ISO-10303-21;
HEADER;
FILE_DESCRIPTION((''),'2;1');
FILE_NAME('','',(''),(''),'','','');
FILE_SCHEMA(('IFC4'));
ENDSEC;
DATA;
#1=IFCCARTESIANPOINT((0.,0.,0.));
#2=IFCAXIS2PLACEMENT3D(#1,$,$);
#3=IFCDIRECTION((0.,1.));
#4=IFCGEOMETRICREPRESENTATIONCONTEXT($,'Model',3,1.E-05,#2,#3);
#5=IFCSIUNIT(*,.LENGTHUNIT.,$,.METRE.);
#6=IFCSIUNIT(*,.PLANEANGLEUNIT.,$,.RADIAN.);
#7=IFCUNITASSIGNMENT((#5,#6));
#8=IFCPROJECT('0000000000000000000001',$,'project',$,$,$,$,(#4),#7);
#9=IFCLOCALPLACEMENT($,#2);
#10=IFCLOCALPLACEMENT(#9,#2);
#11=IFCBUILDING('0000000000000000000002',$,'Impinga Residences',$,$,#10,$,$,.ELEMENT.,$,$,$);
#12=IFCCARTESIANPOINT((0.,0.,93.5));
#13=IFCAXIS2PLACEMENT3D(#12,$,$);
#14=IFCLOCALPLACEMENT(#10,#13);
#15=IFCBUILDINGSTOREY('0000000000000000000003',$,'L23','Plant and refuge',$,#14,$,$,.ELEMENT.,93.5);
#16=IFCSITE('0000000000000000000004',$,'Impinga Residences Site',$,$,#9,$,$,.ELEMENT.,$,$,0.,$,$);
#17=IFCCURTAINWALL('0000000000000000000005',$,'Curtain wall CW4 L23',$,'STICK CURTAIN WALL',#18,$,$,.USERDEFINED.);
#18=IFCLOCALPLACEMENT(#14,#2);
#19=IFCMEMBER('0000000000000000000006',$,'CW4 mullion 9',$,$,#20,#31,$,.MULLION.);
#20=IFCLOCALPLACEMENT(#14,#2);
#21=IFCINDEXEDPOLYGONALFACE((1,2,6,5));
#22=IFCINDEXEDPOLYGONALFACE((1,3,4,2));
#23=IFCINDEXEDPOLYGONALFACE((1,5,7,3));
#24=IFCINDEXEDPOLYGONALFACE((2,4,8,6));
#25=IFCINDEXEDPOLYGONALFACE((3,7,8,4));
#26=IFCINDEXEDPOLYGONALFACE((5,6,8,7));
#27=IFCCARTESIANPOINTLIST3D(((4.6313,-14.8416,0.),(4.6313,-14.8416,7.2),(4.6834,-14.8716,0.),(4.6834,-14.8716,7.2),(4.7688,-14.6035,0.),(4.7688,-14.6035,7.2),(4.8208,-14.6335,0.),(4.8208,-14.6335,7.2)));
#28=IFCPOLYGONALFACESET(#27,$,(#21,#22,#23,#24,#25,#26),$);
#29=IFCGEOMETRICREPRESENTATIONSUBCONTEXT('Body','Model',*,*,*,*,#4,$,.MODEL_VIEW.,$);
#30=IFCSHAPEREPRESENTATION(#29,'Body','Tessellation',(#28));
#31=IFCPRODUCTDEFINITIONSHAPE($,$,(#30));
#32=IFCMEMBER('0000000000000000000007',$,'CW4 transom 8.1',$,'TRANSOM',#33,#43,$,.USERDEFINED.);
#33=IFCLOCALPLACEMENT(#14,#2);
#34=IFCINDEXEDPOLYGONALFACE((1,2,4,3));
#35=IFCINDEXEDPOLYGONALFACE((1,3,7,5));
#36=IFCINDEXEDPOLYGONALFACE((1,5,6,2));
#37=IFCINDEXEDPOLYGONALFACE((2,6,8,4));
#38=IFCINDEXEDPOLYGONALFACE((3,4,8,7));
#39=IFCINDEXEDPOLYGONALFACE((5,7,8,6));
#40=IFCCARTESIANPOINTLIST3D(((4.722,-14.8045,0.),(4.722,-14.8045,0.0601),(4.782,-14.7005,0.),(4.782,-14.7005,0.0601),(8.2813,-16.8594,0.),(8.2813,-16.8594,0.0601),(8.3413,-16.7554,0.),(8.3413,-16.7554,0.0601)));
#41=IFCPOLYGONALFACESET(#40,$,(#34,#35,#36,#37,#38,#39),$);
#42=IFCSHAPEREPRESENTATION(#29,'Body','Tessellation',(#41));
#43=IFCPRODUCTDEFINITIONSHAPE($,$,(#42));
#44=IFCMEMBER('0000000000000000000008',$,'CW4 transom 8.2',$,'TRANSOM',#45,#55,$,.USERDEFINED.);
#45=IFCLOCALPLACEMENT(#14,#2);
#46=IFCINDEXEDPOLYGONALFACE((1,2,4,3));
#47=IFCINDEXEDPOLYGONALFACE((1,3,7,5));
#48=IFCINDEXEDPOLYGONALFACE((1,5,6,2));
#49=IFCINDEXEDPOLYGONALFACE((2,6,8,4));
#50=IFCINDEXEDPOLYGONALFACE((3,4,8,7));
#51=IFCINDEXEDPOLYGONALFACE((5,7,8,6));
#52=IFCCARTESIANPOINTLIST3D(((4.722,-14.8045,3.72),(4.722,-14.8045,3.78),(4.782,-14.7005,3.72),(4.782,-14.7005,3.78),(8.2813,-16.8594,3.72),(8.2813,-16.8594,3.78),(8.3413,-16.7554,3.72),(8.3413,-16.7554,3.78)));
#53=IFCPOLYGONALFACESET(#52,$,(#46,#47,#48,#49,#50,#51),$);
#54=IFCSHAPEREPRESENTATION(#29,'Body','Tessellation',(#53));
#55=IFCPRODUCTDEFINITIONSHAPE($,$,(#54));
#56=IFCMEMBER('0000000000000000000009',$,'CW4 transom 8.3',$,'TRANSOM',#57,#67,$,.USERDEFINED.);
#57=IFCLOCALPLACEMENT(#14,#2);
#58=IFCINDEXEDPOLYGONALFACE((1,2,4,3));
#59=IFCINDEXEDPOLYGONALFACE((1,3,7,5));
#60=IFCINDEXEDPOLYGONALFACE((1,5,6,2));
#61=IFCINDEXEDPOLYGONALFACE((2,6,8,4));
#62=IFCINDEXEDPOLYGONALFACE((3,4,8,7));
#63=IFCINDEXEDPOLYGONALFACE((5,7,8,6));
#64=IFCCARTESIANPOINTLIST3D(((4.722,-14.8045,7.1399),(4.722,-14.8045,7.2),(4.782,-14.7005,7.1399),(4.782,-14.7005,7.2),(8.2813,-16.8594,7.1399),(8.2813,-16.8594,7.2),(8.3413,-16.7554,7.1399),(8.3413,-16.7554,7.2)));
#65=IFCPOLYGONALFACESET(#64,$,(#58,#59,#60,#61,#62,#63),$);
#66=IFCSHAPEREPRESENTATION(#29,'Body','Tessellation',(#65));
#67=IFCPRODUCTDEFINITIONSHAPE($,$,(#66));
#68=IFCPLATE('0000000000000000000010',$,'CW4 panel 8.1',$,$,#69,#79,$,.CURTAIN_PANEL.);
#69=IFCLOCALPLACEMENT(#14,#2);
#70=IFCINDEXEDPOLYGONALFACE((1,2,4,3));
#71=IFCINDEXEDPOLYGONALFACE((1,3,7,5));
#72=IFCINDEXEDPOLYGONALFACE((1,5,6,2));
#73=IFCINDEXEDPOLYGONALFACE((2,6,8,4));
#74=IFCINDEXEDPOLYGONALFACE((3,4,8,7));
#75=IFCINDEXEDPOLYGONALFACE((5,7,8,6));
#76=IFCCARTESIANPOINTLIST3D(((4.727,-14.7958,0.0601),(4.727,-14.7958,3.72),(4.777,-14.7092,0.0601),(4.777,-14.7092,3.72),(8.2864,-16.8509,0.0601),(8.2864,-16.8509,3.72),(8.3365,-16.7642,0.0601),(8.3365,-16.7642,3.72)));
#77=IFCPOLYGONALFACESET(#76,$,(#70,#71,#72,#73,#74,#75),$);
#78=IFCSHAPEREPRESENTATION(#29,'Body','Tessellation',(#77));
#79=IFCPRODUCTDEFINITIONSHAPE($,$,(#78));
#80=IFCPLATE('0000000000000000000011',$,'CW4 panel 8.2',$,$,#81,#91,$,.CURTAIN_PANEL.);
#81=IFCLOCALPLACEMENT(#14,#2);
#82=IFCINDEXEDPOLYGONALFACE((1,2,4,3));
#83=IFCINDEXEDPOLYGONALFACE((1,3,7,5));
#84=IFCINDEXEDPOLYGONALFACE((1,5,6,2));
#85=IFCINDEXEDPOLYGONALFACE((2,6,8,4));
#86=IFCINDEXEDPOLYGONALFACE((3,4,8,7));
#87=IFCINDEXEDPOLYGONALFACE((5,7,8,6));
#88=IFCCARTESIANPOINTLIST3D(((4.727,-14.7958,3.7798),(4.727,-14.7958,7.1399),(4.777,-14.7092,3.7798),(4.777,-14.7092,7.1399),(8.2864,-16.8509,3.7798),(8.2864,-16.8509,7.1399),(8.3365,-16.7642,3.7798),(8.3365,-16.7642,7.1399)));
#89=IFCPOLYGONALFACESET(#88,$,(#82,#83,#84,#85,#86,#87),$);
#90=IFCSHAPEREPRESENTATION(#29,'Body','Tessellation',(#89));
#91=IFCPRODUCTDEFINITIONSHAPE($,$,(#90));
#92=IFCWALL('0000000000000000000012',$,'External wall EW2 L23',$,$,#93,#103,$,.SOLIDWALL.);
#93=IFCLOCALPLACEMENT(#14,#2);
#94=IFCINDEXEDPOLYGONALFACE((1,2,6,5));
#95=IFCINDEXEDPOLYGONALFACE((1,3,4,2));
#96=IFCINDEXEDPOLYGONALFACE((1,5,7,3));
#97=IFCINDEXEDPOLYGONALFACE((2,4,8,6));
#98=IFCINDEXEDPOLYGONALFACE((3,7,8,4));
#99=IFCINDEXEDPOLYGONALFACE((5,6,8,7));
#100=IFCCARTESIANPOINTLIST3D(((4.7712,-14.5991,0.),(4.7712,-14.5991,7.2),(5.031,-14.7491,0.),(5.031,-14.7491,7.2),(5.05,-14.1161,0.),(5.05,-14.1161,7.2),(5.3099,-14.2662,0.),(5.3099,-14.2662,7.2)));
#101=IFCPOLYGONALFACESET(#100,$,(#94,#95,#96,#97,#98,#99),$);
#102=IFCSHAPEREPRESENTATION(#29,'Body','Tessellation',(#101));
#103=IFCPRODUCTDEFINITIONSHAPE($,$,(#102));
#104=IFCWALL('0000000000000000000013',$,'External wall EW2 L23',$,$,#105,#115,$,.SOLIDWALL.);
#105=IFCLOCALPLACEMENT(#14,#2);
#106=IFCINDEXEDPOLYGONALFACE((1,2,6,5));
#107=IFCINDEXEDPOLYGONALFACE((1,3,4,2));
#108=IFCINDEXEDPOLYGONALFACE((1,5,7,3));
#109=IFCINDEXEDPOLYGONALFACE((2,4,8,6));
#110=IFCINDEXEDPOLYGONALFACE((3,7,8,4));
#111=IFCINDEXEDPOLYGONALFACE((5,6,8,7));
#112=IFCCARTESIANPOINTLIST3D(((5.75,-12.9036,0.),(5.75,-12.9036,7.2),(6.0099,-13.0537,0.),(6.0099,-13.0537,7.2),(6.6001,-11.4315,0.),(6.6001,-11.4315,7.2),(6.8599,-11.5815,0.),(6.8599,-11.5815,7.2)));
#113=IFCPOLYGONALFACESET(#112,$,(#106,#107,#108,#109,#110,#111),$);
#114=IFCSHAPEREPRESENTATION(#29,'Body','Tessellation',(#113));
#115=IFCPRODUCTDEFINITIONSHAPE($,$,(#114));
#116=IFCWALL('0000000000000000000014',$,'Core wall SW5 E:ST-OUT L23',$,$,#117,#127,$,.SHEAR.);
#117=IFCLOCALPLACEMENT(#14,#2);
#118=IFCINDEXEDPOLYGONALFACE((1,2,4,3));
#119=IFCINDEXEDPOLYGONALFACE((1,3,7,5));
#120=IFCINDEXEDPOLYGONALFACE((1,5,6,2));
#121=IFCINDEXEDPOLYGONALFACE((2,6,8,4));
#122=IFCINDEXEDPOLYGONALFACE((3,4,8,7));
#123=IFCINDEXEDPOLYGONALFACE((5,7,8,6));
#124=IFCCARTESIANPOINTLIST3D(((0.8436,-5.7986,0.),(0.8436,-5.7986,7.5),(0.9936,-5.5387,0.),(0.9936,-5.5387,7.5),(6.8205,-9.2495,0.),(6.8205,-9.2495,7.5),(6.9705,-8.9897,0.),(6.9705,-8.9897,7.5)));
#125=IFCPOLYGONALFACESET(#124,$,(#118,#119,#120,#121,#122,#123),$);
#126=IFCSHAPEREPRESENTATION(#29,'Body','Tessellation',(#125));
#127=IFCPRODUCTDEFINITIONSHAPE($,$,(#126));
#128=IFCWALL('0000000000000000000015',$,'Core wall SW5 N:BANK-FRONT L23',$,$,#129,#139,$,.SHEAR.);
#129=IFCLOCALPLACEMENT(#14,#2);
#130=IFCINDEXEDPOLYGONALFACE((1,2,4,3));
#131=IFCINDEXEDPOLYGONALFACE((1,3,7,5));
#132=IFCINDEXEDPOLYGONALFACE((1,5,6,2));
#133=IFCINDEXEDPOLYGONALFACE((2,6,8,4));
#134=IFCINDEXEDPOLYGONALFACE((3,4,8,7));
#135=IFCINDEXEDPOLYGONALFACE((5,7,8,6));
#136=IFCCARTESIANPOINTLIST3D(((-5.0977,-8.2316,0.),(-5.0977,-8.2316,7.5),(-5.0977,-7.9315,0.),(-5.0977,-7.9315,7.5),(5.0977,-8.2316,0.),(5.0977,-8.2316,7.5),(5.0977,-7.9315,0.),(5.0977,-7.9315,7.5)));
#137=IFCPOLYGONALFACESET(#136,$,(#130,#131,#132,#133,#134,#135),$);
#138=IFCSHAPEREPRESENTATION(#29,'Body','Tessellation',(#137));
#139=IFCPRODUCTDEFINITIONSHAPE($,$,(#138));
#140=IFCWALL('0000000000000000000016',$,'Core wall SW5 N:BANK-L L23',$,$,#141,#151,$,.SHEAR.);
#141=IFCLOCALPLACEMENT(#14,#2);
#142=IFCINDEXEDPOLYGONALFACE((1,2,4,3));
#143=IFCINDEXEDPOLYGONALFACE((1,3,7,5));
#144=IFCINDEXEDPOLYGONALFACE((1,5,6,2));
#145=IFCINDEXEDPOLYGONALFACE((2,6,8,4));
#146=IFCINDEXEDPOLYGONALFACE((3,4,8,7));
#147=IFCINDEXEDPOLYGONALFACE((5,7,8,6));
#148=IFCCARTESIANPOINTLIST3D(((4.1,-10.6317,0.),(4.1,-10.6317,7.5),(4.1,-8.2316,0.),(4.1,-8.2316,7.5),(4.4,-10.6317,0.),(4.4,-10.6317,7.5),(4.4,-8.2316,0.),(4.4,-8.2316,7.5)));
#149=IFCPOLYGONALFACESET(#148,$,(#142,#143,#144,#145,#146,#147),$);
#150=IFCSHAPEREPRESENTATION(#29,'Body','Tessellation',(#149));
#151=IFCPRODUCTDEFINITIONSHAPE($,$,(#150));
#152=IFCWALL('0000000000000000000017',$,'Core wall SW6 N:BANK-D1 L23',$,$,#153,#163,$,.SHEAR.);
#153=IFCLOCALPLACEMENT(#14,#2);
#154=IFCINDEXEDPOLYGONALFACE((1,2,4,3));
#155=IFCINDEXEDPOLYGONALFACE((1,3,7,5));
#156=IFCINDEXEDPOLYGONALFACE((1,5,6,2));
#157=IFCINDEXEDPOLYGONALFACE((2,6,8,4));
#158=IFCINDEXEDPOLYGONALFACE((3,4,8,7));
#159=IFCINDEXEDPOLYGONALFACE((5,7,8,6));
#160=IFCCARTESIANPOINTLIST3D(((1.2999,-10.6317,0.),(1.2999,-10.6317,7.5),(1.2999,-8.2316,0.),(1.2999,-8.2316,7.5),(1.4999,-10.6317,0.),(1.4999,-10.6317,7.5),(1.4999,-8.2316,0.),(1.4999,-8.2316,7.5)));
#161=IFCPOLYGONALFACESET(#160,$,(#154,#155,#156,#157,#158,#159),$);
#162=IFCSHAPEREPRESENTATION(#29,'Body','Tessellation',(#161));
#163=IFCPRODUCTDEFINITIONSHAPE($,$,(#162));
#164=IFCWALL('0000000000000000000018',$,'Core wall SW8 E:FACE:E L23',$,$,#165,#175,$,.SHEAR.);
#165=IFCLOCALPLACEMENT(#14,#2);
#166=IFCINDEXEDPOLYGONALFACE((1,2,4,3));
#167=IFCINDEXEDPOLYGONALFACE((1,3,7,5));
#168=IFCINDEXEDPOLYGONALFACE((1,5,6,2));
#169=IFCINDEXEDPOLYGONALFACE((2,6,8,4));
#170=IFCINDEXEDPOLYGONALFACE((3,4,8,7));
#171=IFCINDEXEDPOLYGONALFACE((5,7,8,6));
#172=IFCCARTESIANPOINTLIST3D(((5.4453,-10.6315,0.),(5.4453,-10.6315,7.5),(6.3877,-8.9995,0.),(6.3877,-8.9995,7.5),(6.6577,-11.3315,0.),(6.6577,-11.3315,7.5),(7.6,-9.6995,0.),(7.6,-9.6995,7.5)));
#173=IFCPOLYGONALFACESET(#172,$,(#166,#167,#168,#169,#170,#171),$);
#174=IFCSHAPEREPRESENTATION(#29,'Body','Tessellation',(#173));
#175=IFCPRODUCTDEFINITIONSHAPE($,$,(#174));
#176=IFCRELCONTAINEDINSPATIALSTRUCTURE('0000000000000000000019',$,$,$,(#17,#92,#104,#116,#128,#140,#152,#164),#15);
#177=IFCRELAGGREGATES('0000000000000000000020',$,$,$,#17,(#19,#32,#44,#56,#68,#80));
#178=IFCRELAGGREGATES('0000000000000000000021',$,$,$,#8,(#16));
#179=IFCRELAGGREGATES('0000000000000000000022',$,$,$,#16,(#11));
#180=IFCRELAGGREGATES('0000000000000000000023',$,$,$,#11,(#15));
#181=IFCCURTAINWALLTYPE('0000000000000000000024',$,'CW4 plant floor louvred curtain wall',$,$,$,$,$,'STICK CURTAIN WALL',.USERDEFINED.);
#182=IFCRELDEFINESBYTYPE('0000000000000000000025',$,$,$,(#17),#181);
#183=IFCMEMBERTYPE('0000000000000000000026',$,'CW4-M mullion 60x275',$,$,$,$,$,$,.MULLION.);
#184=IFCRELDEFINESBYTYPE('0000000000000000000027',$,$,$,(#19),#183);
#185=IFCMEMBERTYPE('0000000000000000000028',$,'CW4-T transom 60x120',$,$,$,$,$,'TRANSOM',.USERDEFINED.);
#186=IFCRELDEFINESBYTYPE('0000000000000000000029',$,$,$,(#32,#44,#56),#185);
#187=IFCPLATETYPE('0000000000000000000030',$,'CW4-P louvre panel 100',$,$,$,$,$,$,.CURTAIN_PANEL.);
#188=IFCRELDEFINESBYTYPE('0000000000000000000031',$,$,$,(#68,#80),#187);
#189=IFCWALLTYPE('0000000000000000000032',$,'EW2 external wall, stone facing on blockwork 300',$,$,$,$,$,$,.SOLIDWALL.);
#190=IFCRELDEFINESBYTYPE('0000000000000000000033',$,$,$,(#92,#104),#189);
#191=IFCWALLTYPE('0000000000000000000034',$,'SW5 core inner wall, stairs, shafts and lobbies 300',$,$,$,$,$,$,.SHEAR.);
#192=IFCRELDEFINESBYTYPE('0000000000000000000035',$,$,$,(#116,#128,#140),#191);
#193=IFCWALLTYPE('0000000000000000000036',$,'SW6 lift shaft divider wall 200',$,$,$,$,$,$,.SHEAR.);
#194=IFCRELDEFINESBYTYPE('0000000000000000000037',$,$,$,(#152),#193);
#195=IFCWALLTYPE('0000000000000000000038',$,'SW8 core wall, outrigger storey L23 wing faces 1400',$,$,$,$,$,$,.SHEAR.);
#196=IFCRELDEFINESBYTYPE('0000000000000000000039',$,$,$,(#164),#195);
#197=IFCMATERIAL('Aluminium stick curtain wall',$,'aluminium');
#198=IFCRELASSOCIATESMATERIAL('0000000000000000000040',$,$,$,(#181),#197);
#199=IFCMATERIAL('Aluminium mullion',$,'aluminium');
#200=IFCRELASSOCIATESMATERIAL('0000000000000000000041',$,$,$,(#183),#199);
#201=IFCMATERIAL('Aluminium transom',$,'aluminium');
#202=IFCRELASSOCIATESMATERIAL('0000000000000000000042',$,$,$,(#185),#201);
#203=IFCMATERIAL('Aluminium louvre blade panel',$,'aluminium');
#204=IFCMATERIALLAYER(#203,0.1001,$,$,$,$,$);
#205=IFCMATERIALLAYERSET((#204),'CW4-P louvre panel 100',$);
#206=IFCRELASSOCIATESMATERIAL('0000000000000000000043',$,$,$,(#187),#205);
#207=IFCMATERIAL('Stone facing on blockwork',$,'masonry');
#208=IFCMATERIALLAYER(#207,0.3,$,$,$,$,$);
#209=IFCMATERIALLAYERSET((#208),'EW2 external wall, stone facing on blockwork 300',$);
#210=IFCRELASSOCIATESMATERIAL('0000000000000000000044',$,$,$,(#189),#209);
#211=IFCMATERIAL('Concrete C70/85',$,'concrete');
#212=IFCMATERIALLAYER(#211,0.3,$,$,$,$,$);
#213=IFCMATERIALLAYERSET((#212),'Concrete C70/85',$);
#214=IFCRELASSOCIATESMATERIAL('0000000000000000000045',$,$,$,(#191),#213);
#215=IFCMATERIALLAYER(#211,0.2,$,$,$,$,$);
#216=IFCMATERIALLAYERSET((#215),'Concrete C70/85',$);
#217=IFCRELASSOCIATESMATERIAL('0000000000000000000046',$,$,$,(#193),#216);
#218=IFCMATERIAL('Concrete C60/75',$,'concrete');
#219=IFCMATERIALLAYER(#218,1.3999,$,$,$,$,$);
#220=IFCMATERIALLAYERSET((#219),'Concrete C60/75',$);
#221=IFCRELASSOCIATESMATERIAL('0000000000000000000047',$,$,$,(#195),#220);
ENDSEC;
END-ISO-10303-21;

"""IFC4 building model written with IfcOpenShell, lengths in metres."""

from ifc_helpers import new_model, si_unit, direction, frame, frame_2d, origin, origin_2d, place, context, subcontext, project, spatial, rectangle, extrude, material, layer, layer_set, material_profile, profile_set, type_object, element, aggregate, save


model = new_model("IFC4")

# Units and contexts
model_context = context("Model", 3, precision=1e-05, world=origin(), true_north=direction((0.0, 1.0)))
body_context = subcontext(model_context, "Body", "Model", "MODEL_VIEW")
ifc_project = project(units=[si_unit("LENGTHUNIT", "METRE"), si_unit("PLANEANGLEUNIT", "RADIAN")], contexts=[model_context])

# Site, building, storey
site_placement = place(None, origin())
site = spatial("IfcSite", under=ifc_project, at=site_placement, Name="Impinga Residences Site", CompositionType="ELEMENT", RefElevation=0.0)
building_placement = place(site_placement, origin())
building = spatial("IfcBuilding", under=site, at=building_placement, Name="Impinga Residences", CompositionType="ELEMENT")
storey_placement = place(building_placement, frame((0.0, 0.0, 93.5)))
storey = spatial("IfcBuildingStorey", under=building, at=storey_placement, Name="L23", Description="Plant and refuge", CompositionType="ELEMENT", Elevation=93.5)

# Shared definitions
ifc_material_1 = material(Name="Concrete C70/85", Category="concrete")

# Curtain wall, members, plates
ifc_material_2 = material(Name="Aluminium stick curtain wall", Category="aluminium")
curtain_wall_type = type_object("IfcCurtainWallType", Name="CW4 plant floor louvred curtain wall", ElementType="STICK CURTAIN WALL", PredefinedType="USERDEFINED", material=ifc_material_2)
curtain_wall_placement = place(storey_placement, origin())
curtain_wall = element("IfcCurtainWall", 1, at=curtain_wall_placement, inside=storey, type_object=curtain_wall_type, Name="Curtain wall CW4 L23", ObjectType="STICK CURTAIN WALL", PredefinedType="USERDEFINED")
ifc_material_3 = material(Name="Aluminium mullion", Category="aluminium")
ifc_material_profile_1 = material_profile(ifc_material_3, rectangle(XDim=0.0601, YDim=0.2749, at=origin_2d()), Name="60x275 mullion")
ifc_profile_set_1 = profile_set([ifc_material_profile_1], Name="Aluminium mullion")
member_type_1 = type_object("IfcMemberType", Name="CW4-M mullion 60x275", PredefinedType="MULLION", material=ifc_profile_set_1)
member_1_placement = place(storey_placement, frame((4.7261, -14.7375, 0.0), z_axis=(0.0, 0.0, 1.0), x_axis=(-0.866025, 0.5, 0.0)))
member_1 = element("IfcMember", 2, at=member_1_placement, type_object=member_type_1, Name="CW4 mullion 9", PredefinedType="MULLION", context=body_context, shape_type="SweptSolid", body=[
    extrude(rectangle(XDim=0.0601, YDim=0.2749, at=origin_2d()), origin(), (0.0, 0.0, 1.0), 7.2),
])
ifc_material_4 = material(Name="Aluminium transom", Category="aluminium")
ifc_material_profile_2 = material_profile(ifc_material_4, rectangle(XDim=0.0601, YDim=0.1201, at=origin_2d()), Name="60x120 transom")
ifc_profile_set_2 = profile_set([ifc_material_profile_2], Name="Aluminium transom")
member_type_2 = type_object("IfcMemberType", Name="CW4-T transom 60x120", ElementType="TRANSOM", PredefinedType="USERDEFINED", material=ifc_profile_set_2)
member_2_placement = place(storey_placement, frame((8.3113, -16.8074, 0.03), z_axis=(-0.86603, 0.499992, 0.0), x_axis=(0.0, 0.0, 1.0)))
member_2 = element("IfcMember", 3, at=member_2_placement, type_object=member_type_2, Name="CW4 transom 8.1", ObjectType="TRANSOM", PredefinedType="USERDEFINED", context=body_context, shape_type="SweptSolid", body=[
    extrude(rectangle(XDim=0.0601, YDim=0.1201, at=origin_2d()), origin(), (0.0, 0.0, 1.0), 4.1099),
])
member_3_placement = place(storey_placement, frame((8.3113, -16.8074, 3.75), z_axis=(-0.86603, 0.499992, 0.0), x_axis=(0.0, 0.0, 1.0)))
member_3 = element("IfcMember", 4, at=member_3_placement, type_object=member_type_2, Name="CW4 transom 8.2", ObjectType="TRANSOM", PredefinedType="USERDEFINED", context=body_context, shape_type="SweptSolid", body=[
    extrude(rectangle(XDim=0.0601, YDim=0.1201, at=origin_2d()), origin(), (0.0, 0.0, 1.0), 4.1099),
])
member_4_placement = place(storey_placement, frame((8.3113, -16.8074, 7.1699), z_axis=(-0.86603, 0.499992, 0.0), x_axis=(0.0, 0.0, 1.0)))
member_4 = element("IfcMember", 5, at=member_4_placement, type_object=member_type_2, Name="CW4 transom 8.3", ObjectType="TRANSOM", PredefinedType="USERDEFINED", context=body_context, shape_type="SweptSolid", body=[
    extrude(rectangle(XDim=0.0601, YDim=0.1201, at=origin_2d()), origin(), (0.0, 0.0, 1.0), 4.1099),
])
ifc_material_5 = material(Name="Aluminium louvre blade panel", Category="aluminium")
ifc_layer_1 = layer(ifc_material_5, 0.1001)
ifc_layer_set_1 = layer_set([ifc_layer_1], Name="CW4-P louvre panel 100")
plate_type = type_object("IfcPlateType", Name="CW4-P louvre panel 100", PredefinedType="CURTAIN_PANEL", material=ifc_layer_set_1)
plate_1_placement = place(storey_placement, frame((6.5317, -15.78, 0.0601), z_axis=(0.0, 0.0, 1.0), x_axis=(-0.866025, 0.5, 0.0)))
plate_1 = element("IfcPlate", 6, at=plate_1_placement, type_object=plate_type, Name="CW4 panel 8.1", PredefinedType="CURTAIN_PANEL", context=body_context, shape_type="SweptSolid", body=[
    extrude(rectangle(XDim=4.1101, YDim=0.1001, at=origin_2d()), origin(), (0.0, 0.0, 1.0), 3.6599),
])
plate_2_placement = place(storey_placement, frame((6.5317, -15.78, 3.7798), z_axis=(0.0, 0.0, 1.0), x_axis=(-0.866025, 0.5, 0.0)))
plate_2 = element("IfcPlate", 7, at=plate_2_placement, type_object=plate_type, Name="CW4 panel 8.2", PredefinedType="CURTAIN_PANEL", context=body_context, shape_type="SweptSolid", body=[
    extrude(rectangle(XDim=4.1101, YDim=0.1001, at=origin_2d()), origin(), (0.0, 0.0, 1.0), 3.3601),
])
aggregate(curtain_wall, [member_1, member_2, member_3, member_4, plate_1, plate_2])

# Walls
ifc_material_6 = material(Name="Stone facing on blockwork", Category="masonry")
ifc_layer_2 = layer(ifc_material_6, 0.3)
ifc_layer_set_2 = layer_set([ifc_layer_2], Name="EW2 external wall, stone facing on blockwork 300")
wall_type_1 = type_object("IfcWallType", Name="EW2 external wall, stone facing on blockwork 300", PredefinedType="SOLIDWALL", material=ifc_layer_set_2)
wall_1_placement = place(storey_placement, frame((4.9011, -14.6741, 0.0), z_axis=(0.0, 0.0, 1.0), x_axis=(0.5, 0.866025, 0.0)))
element("IfcWall", 8, at=wall_1_placement, inside=storey, type_object=wall_type_1, Name="External wall EW2 L23", PredefinedType="SOLIDWALL", context=body_context, shape_type="SweptSolid", body=[
    extrude(rectangle(XDim=0.5576, YDim=0.3, at=frame_2d((0.2788, 0.0))), origin(), (0.0, 0.0, 1.0), 7.2),
])
wall_2_placement = place(storey_placement, frame((5.8799, -12.9788, 0.0), z_axis=(0.0, 0.0, 1.0), x_axis=(0.500062, 0.865989, 0.0)))
element("IfcWall", 9, at=wall_2_placement, inside=storey, type_object=wall_type_1, Name="External wall EW2 L23", PredefinedType="SOLIDWALL", context=body_context, shape_type="SweptSolid", body=[
    extrude(rectangle(XDim=1.7, YDim=0.3, at=frame_2d((0.8501, 0.0))), origin(), (0.0, 0.0, 1.0), 7.2),
])
ifc_layer_3 = layer(ifc_material_1, 0.3)
ifc_layer_set_3 = layer_set([ifc_layer_3], Name="Concrete C70/85")
wall_type_2 = type_object("IfcWallType", Name="SW5 core inner wall, stairs, shafts and lobbies 300", PredefinedType="SHEAR", material=ifc_layer_set_3)
wall_3_placement = place(storey_placement, frame((0.9187, -5.6687, 0.0), z_axis=(0.0, 0.0, 1.0), x_axis=(0.866012, -0.500024, 0.0)))
element("IfcWall", 10, at=wall_3_placement, inside=storey, type_object=wall_type_2, Name="Core wall SW5 E:ST-OUT L23", PredefinedType="SHEAR", context=body_context, shape_type="SweptSolid", body=[
    extrude(rectangle(XDim=6.9016, YDim=0.3, at=frame_2d((3.4507, 0.0))), origin(), (0.0, 0.0, 1.0), 7.5),
])
wall_4_placement = place(storey_placement, frame((5.0977, -8.0815, 0.0), z_axis=(0.0, 0.0, 1.0), x_axis=(-1.0, 0.0, 0.0)))
element("IfcWall", 11, at=wall_4_placement, inside=storey, type_object=wall_type_2, Name="Core wall SW5 N:BANK-FRONT L23", PredefinedType="SHEAR", context=body_context, shape_type="SweptSolid", body=[
    extrude(rectangle(XDim=10.1953, YDim=0.3, at=frame_2d((5.0977, 0.0))), origin(), (0.0, 0.0, 1.0), 7.5),
])
wall_5_placement = place(storey_placement, frame((4.25, -8.2314, 0.0), z_axis=(0.0, 0.0, 1.0), x_axis=(0.0, -1.0, 0.0)))
element("IfcWall", 12, at=wall_5_placement, inside=storey, type_object=wall_type_2, Name="Core wall SW5 N:BANK-L L23", PredefinedType="SHEAR", context=body_context, shape_type="SweptSolid", body=[
    extrude(rectangle(XDim=2.4001, YDim=0.3, at=frame_2d((1.2002, 0.0))), origin(), (0.0, 0.0, 1.0), 7.5),
])
ifc_layer_4 = layer(ifc_material_1, 0.2)
ifc_layer_set_4 = layer_set([ifc_layer_4], Name="Concrete C70/85")
wall_type_3 = type_object("IfcWallType", Name="SW6 lift shaft divider wall 200", PredefinedType="SHEAR", material=ifc_layer_set_4)
wall_6_placement = place(storey_placement, frame((1.3999, -8.2314, 0.0), z_axis=(0.0, 0.0, 1.0), x_axis=(0.0, -1.0, 0.0)))
element("IfcWall", 13, at=wall_6_placement, inside=storey, type_object=wall_type_3, Name="Core wall SW6 N:BANK-D1 L23", PredefinedType="SHEAR", context=body_context, shape_type="SweptSolid", body=[
    extrude(rectangle(XDim=2.4001, YDim=0.2, at=frame_2d((1.2002, 0.0))), origin(), (0.0, 0.0, 1.0), 7.5),
])
ifc_material_7 = material(Name="Concrete C60/75", Category="concrete")
ifc_layer_5 = layer(ifc_material_7, 1.3999)
ifc_layer_set_5 = layer_set([ifc_layer_5], Name="Concrete C60/75")
wall_type_4 = type_object("IfcWallType", Name="SW8 core wall, outrigger storey L23 wing faces 1400", PredefinedType="SHEAR", material=ifc_layer_set_5)
wall_7_placement = place(storey_placement, frame((6.9939, -9.3494, 0.0), z_axis=(0.0, 0.0, 1.0), x_axis=(-0.50004, -0.866002, 0.0)))
element("IfcWall", 14, at=wall_7_placement, inside=storey, type_object=wall_type_4, Name="Core wall SW8 E:FACE:E L23", PredefinedType="SHEAR", context=body_context, shape_type="SweptSolid", body=[
    extrude(rectangle(XDim=1.8845, YDim=1.3999, at=frame_2d((0.9424, 0.0))), origin(), (0.0, 0.0, 1.0), 7.5),
])

save(model, "model.ifc")
